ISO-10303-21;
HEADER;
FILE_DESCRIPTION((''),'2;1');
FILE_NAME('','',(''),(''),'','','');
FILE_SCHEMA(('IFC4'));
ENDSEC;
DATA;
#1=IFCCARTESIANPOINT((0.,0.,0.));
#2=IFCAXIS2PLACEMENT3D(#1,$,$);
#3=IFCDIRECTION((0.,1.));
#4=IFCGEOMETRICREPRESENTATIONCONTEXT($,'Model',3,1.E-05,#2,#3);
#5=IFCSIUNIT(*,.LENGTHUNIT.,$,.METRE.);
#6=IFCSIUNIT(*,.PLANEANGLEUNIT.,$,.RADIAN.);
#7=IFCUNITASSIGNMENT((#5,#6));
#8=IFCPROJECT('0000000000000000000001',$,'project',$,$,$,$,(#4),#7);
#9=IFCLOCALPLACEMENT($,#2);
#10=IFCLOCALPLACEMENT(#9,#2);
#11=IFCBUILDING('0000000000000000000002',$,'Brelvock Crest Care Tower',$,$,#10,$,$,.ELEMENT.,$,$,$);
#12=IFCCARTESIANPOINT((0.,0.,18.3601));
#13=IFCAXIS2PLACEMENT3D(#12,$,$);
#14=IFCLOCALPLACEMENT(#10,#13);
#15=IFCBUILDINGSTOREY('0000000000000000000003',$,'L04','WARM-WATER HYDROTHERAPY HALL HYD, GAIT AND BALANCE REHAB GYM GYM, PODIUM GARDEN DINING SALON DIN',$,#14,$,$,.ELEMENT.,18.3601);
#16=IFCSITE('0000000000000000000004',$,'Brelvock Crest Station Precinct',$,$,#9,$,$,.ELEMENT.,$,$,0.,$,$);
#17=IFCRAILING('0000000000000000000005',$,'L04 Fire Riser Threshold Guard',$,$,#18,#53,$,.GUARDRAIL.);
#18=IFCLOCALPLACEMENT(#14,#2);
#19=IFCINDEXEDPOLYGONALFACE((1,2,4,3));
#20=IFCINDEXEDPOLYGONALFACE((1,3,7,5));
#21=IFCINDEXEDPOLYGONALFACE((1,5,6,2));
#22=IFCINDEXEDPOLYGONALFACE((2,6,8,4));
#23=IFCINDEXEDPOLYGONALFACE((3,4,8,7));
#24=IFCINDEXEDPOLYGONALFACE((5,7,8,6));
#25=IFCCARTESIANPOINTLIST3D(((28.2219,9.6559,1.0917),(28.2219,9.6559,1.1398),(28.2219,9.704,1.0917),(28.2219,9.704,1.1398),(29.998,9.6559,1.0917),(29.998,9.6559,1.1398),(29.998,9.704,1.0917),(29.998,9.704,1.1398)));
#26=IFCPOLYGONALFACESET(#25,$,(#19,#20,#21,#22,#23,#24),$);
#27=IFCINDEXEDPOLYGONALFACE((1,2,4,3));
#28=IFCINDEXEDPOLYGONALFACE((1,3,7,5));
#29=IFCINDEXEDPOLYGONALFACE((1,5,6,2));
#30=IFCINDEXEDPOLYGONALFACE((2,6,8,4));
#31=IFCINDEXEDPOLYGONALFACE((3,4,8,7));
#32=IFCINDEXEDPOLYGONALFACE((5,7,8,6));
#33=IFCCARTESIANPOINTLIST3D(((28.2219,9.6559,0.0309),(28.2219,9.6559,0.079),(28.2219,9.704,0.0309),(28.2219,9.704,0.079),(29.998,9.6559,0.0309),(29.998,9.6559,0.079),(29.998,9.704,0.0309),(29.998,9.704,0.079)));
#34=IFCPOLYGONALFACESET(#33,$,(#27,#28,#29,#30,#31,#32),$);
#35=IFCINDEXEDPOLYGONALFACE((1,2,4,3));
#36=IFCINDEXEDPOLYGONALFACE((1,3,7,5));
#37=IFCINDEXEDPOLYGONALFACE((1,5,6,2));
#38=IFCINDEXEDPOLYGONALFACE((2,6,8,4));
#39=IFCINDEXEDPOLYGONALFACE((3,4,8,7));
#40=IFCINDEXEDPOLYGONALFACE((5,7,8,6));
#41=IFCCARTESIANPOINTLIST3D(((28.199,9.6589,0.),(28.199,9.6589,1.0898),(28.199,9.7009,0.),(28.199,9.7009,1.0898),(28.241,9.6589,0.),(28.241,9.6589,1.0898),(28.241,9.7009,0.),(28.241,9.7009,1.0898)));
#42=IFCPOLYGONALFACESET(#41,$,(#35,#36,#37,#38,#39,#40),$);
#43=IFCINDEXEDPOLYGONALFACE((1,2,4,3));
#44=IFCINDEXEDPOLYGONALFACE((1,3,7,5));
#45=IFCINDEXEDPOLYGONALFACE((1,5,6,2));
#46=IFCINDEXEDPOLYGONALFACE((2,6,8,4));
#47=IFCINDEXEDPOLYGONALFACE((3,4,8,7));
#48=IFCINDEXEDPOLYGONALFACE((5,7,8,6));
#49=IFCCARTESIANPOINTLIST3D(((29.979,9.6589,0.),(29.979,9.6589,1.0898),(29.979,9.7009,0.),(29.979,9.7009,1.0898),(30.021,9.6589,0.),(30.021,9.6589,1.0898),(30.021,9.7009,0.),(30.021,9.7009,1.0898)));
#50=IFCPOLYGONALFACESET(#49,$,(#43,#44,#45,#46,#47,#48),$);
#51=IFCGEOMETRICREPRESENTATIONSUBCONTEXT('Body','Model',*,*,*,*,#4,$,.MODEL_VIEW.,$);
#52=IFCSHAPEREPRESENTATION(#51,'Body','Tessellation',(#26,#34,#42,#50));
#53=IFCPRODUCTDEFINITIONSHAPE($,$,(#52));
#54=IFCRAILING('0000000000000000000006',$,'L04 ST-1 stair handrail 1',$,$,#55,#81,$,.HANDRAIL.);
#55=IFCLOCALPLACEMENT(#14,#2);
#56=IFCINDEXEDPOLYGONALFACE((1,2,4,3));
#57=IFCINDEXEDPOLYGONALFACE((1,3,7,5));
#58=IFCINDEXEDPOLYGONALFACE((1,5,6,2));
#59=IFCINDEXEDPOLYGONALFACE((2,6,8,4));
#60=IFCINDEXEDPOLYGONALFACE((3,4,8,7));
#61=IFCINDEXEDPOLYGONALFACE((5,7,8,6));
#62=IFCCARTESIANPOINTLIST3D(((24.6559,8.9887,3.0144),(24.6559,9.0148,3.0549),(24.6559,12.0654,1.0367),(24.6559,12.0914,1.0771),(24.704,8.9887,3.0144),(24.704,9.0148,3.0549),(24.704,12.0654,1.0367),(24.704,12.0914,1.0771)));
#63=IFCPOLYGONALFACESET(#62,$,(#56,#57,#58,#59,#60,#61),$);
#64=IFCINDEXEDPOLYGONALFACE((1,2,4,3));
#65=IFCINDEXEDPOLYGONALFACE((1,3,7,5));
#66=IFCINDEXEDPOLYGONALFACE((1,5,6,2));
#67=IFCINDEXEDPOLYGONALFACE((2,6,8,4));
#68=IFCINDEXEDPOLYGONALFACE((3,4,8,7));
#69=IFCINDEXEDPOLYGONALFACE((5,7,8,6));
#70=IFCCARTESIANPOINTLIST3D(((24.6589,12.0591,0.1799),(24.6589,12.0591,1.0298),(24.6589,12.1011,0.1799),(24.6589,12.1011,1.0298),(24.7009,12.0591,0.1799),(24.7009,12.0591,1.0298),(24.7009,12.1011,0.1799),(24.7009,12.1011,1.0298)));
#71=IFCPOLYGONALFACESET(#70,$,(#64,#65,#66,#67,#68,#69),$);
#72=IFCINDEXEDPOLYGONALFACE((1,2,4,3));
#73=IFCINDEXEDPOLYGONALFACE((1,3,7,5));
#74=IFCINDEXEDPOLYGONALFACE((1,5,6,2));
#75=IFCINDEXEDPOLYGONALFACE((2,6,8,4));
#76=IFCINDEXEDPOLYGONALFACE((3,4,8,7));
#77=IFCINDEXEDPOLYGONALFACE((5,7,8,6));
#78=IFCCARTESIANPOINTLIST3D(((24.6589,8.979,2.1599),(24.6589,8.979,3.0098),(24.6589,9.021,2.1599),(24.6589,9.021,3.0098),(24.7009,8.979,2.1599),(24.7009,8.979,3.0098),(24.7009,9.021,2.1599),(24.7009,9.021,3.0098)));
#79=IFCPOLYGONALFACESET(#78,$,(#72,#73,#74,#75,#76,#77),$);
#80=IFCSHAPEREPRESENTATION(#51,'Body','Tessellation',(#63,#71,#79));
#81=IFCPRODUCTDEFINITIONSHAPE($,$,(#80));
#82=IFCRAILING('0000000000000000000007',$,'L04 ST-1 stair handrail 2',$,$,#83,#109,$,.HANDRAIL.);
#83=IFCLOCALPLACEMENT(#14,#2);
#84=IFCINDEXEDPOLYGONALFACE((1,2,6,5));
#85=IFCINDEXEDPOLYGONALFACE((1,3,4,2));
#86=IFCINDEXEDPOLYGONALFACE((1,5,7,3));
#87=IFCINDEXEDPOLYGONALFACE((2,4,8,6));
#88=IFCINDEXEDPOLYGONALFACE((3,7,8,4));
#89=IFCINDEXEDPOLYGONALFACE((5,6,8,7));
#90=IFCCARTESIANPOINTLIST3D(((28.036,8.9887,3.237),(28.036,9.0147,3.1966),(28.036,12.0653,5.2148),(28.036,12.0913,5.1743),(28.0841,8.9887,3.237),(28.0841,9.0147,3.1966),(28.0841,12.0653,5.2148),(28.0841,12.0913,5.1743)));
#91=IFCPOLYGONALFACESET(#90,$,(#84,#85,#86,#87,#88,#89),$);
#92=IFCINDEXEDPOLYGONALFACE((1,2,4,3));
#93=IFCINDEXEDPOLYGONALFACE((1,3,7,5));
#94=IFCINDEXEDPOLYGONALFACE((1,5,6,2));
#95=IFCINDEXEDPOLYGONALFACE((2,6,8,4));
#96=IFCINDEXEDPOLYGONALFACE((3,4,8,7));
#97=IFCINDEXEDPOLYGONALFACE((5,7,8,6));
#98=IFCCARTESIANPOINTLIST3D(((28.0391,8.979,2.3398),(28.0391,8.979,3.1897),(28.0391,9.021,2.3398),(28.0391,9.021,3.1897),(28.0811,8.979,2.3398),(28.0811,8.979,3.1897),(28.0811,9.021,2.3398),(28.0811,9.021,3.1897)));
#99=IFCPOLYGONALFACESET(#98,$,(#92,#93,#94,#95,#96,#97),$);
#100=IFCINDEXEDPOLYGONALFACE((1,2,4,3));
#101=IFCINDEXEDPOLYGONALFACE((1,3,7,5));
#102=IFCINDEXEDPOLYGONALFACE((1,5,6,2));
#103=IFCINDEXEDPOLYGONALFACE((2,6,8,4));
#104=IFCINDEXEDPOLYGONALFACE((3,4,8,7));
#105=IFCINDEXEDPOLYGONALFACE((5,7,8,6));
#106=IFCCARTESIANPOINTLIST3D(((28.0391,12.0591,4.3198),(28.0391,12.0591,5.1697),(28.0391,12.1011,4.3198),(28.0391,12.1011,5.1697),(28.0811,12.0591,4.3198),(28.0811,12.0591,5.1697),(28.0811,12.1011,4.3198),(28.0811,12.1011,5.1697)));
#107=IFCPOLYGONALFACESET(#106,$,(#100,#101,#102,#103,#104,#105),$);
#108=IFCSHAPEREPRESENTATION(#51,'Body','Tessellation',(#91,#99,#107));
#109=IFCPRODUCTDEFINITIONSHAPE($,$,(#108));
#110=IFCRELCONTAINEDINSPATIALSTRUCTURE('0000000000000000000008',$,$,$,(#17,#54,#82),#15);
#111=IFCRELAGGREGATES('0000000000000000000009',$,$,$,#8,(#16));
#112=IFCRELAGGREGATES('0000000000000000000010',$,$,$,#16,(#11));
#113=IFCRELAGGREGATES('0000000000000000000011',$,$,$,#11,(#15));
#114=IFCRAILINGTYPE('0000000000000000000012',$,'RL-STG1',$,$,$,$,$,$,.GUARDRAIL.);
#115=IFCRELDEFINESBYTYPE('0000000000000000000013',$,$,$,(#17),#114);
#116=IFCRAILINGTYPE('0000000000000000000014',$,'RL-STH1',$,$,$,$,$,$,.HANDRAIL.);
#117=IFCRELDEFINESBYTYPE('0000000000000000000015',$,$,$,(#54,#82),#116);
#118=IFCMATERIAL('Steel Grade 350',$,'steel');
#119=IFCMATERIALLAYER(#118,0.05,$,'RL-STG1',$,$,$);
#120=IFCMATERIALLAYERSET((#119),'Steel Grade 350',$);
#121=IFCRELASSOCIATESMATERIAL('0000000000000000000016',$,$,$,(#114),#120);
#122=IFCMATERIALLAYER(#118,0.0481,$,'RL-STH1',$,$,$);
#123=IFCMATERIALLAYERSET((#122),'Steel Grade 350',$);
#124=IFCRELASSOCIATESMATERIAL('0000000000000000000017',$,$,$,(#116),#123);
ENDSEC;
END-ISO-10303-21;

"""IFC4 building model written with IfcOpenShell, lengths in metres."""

from ifc_helpers import new_model, si_unit, direction, frame, origin, origin_2d, place, context, subcontext, project, spatial, rectangle, extrude, material, layer, layer_set, type_object, element, save


model = new_model("IFC4")

# Units and contexts
model_context = context("Model", 3, precision=1e-05, world=origin(), true_north=direction((0.0, 1.0)))
body_context = subcontext(model_context, "Body", "Model", "MODEL_VIEW")
ifc_project = project(units=[si_unit("LENGTHUNIT", "METRE"), si_unit("PLANEANGLEUNIT", "RADIAN")], contexts=[model_context])

# Site, building, storey
site_placement = place(None, origin())
site = spatial("IfcSite", under=ifc_project, at=site_placement, Name="Brelvock Crest Station Precinct", CompositionType="ELEMENT", RefElevation=0.0)
building_placement = place(site_placement, origin())
building = spatial("IfcBuilding", under=site, at=building_placement, Name="Brelvock Crest Care Tower", CompositionType="ELEMENT")
storey_placement = place(building_placement, frame((0.0, 0.0, 18.3601)))
storey = spatial("IfcBuildingStorey", under=building, at=storey_placement, Name="L04", Description="WARM-WATER HYDROTHERAPY HALL HYD, GAIT AND BALANCE REHAB GYM GYM, PODIUM GARDEN DINING SALON DIN", CompositionType="ELEMENT", Elevation=18.3601)

# Shared definitions
ifc_material_1 = material(Name="Steel Grade 350", Category="steel")

# Railings
ifc_layer_1 = layer(ifc_material_1, 0.05, Name="RL-STG1")
ifc_layer_set_1 = layer_set([ifc_layer_1], Name="Steel Grade 350")
railing_type_1 = type_object("IfcRailingType", Name="RL-STG1", PredefinedType="GUARDRAIL", material=ifc_layer_set_1)
railing_1_placement = place(storey_placement, frame((28.22, 9.6799, 0.0)))
element("IfcRailing", 1, at=railing_1_placement, inside=storey, type_object=railing_type_1, Name="L04 Fire Riser Threshold Guard", PredefinedType="GUARDRAIL", context=body_context, shape_type="SweptSolid", body=[
    extrude(rectangle(XDim=0.0481, YDim=0.0481, at=origin_2d()), frame((0.002, 0.0, 1.1157), z_axis=(1.0, 0.0, 0.0), x_axis=(0.0, 1.0, 0.0)), (0.0, 0.0, 1.0), 1.7761),
    extrude(rectangle(XDim=0.0481, YDim=0.0481, at=origin_2d()), frame((0.002, 0.0, 0.0549), z_axis=(1.0, 0.0, 0.0), x_axis=(0.0, 1.0, 0.0)), (0.0, 0.0, 1.0), 1.7761),
    extrude(rectangle(XDim=0.042, YDim=0.042, at=origin_2d()), origin(), (0.0, 0.0, 1.0), 1.0898),
    extrude(rectangle(XDim=0.042, YDim=0.042, at=origin_2d()), frame((1.78, 0.0, 0.0)), (0.0, 0.0, 1.0), 1.0898),
])
ifc_layer_2 = layer(ifc_material_1, 0.0481, Name="RL-STH1")
ifc_layer_set_2 = layer_set([ifc_layer_2], Name="Steel Grade 350")
railing_type_2 = type_object("IfcRailingType", Name="RL-STH1", PredefinedType="HANDRAIL", material=ifc_layer_set_2)
railing_2_placement = place(storey_placement, frame((24.6799, 12.0801, 0.1799)))
element("IfcRailing", 2, at=railing_2_placement, inside=storey, type_object=railing_type_2, Name="L04 ST-1 stair handrail 1", PredefinedType="HANDRAIL", context=body_context, shape_type="SweptSolid", body=[
    extrude(rectangle(XDim=0.0481, YDim=0.0481, at=origin_2d()), frame((0.0, -0.0017, 0.877), z_axis=(0.0, -0.841187, 0.540744), x_axis=(1.0, 0.0, 0.0)), (0.0, 0.0, 1.0), 3.6575),
    extrude(rectangle(XDim=0.042, YDim=0.042, at=origin_2d()), origin(), (0.0, 0.0, 1.0), 0.8499),
    extrude(rectangle(XDim=0.042, YDim=0.042, at=origin_2d()), frame((0.0, -3.0801, 1.98)), (0.0, 0.0, 1.0), 0.8499),
])
railing_3_placement = place(storey_placement, frame((28.0601, 9.0, 2.3398)))
element("IfcRailing", 3, at=railing_3_placement, inside=storey, type_object=railing_type_2, Name="L04 ST-1 stair handrail 2", PredefinedType="HANDRAIL", context=body_context, shape_type="SweptSolid", body=[
    extrude(rectangle(XDim=0.0481, YDim=0.0481, at=origin_2d()), frame((0.0, 0.0017, 0.877), z_axis=(0.0, 0.841187, 0.540744), x_axis=(-1.0, 0.0, 0.0)), (0.0, 0.0, 1.0), 3.6575),
    extrude(rectangle(XDim=0.042, YDim=0.042, at=origin_2d()), origin(), (0.0, 0.0, 1.0), 0.8499),
    extrude(rectangle(XDim=0.042, YDim=0.042, at=origin_2d()), frame((0.0, 3.0801, 1.98)), (0.0, 0.0, 1.0), 0.8499),
])

save(model, "model.ifc")
